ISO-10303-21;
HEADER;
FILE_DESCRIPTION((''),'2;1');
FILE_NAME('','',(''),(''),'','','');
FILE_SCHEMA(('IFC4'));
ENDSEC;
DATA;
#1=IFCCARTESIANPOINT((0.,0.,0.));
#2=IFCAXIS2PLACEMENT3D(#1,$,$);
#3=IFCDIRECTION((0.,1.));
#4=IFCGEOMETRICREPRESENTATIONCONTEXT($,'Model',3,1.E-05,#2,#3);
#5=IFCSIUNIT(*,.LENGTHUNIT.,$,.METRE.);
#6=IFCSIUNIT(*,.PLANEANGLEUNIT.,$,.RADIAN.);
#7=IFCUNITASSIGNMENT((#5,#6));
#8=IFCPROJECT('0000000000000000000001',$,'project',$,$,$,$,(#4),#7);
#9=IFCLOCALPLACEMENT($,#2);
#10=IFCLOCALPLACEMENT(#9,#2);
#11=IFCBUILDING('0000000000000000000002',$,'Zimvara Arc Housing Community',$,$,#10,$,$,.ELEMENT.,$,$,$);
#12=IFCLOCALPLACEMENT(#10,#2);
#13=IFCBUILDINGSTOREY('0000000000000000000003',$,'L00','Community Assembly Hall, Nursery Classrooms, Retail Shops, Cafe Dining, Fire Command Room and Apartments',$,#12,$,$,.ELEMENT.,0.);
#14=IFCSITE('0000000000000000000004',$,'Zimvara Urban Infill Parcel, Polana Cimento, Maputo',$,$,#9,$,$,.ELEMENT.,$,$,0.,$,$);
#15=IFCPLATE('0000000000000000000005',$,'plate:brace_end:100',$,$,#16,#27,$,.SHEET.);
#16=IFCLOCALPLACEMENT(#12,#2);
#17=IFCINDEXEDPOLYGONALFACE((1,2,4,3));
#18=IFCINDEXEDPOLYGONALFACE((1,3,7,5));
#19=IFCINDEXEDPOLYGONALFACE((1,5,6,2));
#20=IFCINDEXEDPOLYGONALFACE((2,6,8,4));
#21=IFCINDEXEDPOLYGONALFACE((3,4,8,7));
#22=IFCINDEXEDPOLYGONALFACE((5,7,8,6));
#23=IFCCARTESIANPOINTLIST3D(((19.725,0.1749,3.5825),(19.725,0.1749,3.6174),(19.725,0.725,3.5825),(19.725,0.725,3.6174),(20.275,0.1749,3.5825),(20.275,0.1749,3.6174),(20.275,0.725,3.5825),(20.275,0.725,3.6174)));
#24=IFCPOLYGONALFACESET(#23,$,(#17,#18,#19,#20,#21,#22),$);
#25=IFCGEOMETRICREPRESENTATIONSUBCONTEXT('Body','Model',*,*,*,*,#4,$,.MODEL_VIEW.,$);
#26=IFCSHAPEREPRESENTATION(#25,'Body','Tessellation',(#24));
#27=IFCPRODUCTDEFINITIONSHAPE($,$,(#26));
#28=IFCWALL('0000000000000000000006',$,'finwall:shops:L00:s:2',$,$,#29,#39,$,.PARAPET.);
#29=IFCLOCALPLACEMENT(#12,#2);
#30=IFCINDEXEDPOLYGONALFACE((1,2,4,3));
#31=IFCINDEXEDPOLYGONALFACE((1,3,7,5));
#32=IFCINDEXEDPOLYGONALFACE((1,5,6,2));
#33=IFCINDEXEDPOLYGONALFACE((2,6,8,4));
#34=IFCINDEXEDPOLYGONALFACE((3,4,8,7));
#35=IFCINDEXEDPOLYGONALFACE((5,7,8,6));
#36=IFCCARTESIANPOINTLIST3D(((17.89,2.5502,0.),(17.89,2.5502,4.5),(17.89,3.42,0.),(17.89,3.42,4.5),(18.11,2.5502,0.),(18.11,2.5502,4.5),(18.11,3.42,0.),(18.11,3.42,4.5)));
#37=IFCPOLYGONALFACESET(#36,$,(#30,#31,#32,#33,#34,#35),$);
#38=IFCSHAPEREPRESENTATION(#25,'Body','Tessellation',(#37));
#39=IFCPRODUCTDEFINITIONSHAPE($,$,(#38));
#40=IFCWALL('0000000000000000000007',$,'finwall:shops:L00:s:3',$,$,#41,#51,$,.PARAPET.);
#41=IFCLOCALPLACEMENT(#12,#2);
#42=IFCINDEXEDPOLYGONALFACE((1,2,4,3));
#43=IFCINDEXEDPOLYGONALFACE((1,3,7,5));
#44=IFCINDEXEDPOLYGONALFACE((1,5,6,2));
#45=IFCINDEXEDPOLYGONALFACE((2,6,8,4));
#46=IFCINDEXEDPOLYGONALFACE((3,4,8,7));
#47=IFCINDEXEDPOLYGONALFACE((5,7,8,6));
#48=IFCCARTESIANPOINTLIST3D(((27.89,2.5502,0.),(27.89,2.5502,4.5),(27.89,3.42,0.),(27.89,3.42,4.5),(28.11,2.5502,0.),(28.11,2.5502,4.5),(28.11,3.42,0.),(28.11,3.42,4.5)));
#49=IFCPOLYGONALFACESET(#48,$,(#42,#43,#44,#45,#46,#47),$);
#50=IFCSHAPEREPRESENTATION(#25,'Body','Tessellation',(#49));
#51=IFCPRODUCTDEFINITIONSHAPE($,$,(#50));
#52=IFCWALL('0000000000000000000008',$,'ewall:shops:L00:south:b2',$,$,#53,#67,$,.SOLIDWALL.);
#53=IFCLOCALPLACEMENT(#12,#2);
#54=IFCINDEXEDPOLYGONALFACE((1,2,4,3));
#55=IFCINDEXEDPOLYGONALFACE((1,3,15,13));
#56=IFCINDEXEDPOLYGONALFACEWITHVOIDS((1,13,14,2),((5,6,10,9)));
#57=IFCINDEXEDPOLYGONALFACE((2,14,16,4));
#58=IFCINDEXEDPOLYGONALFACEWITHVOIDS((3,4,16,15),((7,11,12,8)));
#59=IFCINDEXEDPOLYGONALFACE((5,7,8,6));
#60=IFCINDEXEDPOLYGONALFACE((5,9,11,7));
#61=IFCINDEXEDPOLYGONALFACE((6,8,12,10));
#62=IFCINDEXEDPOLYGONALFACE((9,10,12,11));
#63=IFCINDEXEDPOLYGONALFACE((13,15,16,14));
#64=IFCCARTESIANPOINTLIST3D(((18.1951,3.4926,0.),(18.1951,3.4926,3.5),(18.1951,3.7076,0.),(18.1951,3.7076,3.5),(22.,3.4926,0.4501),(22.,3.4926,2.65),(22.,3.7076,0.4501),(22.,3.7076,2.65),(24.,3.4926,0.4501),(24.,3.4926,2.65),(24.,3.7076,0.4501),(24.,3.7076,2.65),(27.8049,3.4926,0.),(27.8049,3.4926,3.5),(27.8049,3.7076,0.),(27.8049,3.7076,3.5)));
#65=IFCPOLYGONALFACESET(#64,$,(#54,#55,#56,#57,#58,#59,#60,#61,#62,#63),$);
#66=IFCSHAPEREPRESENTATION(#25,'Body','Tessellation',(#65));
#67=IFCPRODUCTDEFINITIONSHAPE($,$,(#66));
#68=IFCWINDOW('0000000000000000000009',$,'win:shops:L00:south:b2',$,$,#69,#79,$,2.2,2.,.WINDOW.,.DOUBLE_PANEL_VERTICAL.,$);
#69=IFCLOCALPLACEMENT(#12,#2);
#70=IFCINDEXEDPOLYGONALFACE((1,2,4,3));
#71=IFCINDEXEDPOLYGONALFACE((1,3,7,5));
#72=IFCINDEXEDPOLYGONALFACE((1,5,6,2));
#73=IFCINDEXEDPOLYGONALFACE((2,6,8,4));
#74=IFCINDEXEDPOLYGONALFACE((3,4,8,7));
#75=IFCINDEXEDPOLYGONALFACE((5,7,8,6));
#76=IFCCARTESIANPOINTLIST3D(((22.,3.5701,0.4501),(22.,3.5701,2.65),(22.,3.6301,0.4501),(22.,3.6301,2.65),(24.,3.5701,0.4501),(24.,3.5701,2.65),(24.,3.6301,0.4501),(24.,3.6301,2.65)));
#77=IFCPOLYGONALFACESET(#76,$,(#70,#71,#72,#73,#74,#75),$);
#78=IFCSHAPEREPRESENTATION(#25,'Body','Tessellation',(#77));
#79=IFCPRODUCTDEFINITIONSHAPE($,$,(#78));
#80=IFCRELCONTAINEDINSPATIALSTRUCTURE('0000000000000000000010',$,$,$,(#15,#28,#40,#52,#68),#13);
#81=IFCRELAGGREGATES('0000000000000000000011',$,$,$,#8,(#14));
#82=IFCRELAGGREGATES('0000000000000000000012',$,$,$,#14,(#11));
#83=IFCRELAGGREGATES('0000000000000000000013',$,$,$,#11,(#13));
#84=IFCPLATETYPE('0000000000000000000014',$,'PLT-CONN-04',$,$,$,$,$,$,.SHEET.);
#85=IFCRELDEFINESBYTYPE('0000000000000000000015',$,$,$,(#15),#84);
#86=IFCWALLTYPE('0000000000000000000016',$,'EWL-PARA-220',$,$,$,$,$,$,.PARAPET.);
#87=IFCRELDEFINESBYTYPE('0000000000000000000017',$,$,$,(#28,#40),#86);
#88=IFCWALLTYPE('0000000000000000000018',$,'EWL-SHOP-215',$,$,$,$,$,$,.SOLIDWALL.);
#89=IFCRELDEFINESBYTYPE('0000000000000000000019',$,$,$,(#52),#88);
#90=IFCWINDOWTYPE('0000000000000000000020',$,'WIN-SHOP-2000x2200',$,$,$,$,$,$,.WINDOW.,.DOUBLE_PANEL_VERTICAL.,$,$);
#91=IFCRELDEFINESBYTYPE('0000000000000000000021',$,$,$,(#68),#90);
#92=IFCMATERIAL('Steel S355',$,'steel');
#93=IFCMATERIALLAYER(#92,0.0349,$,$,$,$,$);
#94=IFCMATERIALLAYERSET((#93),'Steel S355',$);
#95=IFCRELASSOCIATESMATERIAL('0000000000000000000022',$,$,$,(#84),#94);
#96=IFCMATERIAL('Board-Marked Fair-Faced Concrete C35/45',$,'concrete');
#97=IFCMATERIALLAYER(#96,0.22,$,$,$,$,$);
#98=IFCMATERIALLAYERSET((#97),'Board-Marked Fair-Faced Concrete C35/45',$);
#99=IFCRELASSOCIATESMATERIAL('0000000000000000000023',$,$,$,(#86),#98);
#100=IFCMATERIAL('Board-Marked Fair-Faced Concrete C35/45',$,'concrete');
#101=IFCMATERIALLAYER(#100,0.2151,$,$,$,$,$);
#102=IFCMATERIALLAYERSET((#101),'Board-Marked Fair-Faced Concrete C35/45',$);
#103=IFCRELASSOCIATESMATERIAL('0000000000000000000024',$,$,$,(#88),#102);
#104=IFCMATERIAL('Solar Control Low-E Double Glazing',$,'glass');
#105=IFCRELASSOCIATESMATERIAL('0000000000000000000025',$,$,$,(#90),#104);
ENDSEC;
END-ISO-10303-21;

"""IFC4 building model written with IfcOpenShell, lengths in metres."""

from ifc_helpers import new_model, si_unit, direction, frame, frame_2d, origin, origin_2d, place, context, subcontext, project, spatial, rectangle, extrude, material, layer, layer_set, type_object, element, fill, save


model = new_model("IFC4")

# Units and contexts
model_context = context("Model", 3, precision=1e-05, world=origin(), true_north=direction((0.0, 1.0)))
body_context = subcontext(model_context, "Body", "Model", "MODEL_VIEW")
ifc_project = project(units=[si_unit("LENGTHUNIT", "METRE"), si_unit("PLANEANGLEUNIT", "RADIAN")], contexts=[model_context])

# Site, building, storey
site_placement = place(None, origin())
site = spatial("IfcSite", under=ifc_project, at=site_placement, Name="Zimvara Urban Infill Parcel, Polana Cimento, Maputo", CompositionType="ELEMENT", RefElevation=0.0)
building_placement = place(site_placement, origin())
building = spatial("IfcBuilding", under=site, at=building_placement, Name="Zimvara Arc Housing Community", CompositionType="ELEMENT")
storey_placement = place(building_placement, origin())
storey = spatial("IfcBuildingStorey", under=building, at=storey_placement, Name="L00", Description="Community Assembly Hall, Nursery Classrooms, Retail Shops, Cafe Dining, Fire Command Room and Apartments", CompositionType="ELEMENT", Elevation=0.0)

# Plate
ifc_material_1 = material(Name="Steel S355", Category="steel")
ifc_layer_1 = layer(ifc_material_1, 0.0349)
ifc_layer_set_1 = layer_set([ifc_layer_1], Name="Steel S355")
plate_type_1 = type_object("IfcPlateType", Name="PLT-CONN-04", PredefinedType="SHEET", material=ifc_layer_set_1)
plate_1_placement = place(storey_placement, frame((20.0, 0.45, 3.5825), z_axis=(0.0, 0.0, 1.0), x_axis=(1.0, 0.0, 0.0)))
element("IfcPlate", 1, at=plate_1_placement, inside=storey, type_object=plate_type_1, Name="plate:brace_end:100", PredefinedType="SHEET", context=body_context, shape_type="SweptSolid", body=[
    extrude(rectangle(XDim=0.55, YDim=0.55, at=origin_2d()), origin(), (0.0, 0.0, 1.0), 0.0349),
])

# Walls
ifc_material_2 = material(Name="Board-Marked Fair-Faced Concrete C35/45", Category="concrete")
ifc_layer_2 = layer(ifc_material_2, 0.22)
ifc_layer_set_2 = layer_set([ifc_layer_2], Name="Board-Marked Fair-Faced Concrete C35/45")
wall_type_1 = type_object("IfcWallType", Name="EWL-PARA-220", PredefinedType="PARAPET", material=ifc_layer_set_2)
for number, where, z_axis, x_axis, name in (
    (2, (18.0, 2.55, 0.0), (0.0, 0.0, 1.0), (0.0, 1.0, 0.0), "finwall:shops:L00:s:2"),
    (3, (28.0, 2.55, 0.0), (0.0, 0.0, 1.0), (0.0, 1.0, 0.0), "finwall:shops:L00:s:3"),
):
    element("IfcWall", number, at=place(storey_placement, frame(where, z_axis=z_axis, x_axis=x_axis)), inside=storey, type_object=wall_type_1, Name=name, PredefinedType="PARAPET", context=body_context, shape_type="SweptSolid", body=[
        extrude(rectangle(XDim=0.8699, YDim=0.22, at=frame_2d((0.4351, 0.0))), origin(), (0.0, 0.0, 1.0), 4.5),
    ])

# Wall, opening, window
ifc_material_3 = material(Name="Board-Marked Fair-Faced Concrete C35/45", Category="concrete")
ifc_layer_3 = layer(ifc_material_3, 0.2151)
ifc_layer_set_3 = layer_set([ifc_layer_3], Name="Board-Marked Fair-Faced Concrete C35/45")
wall_type_2 = type_object("IfcWallType", Name="EWL-SHOP-215", PredefinedType="SOLIDWALL", material=ifc_layer_set_3)
wall_placement = place(storey_placement, frame((18.1951, 3.6001, 0.0), z_axis=(0.0, 0.0, 1.0), x_axis=(1.0, 0.0, 0.0)))
wall = element("IfcWall", 4, at=wall_placement, inside=storey, type_object=wall_type_2, Name="ewall:shops:L00:south:b2", PredefinedType="SOLIDWALL", context=body_context, shape_type="SweptSolid", body=[
    extrude(rectangle(XDim=9.6099, YDim=0.2151, at=frame_2d((4.8049, 0.0))), origin(), (0.0, 0.0, 1.0), 3.5),
])
opening_placement = place(wall_placement, frame((3.8049, 0.0, 0.45)))
opening = element("IfcOpeningElement", 5, at=opening_placement, cuts=wall, PredefinedType="OPENING", context=body_context, shape_type="SweptSolid", body=[
    extrude(rectangle(XDim=2.0, YDim=2.2, at=frame_2d((1.0, 1.1001))), frame((0.0, 0.1174, 0.0), z_axis=(0.0, -1.0, 0.0), x_axis=(1.0, 0.0, 0.0)), (0.0, 0.0, 1.0), 0.2351),
])
ifc_material_4 = material(Name="Solar Control Low-E Double Glazing", Category="glass")
window_type = type_object("IfcWindowType", Name="WIN-SHOP-2000x2200", PartitioningType="DOUBLE_PANEL_VERTICAL", PredefinedType="WINDOW", material=ifc_material_4)
window_placement = place(opening_placement, origin())
window = element("IfcWindow", 6, at=window_placement, inside=storey, type_object=window_type, Name="win:shops:L00:south:b2", OverallHeight=2.2, OverallWidth=2.0, PartitioningType="DOUBLE_PANEL_VERTICAL", PredefinedType="WINDOW", context=body_context, shape_type="SweptSolid", body=[
    extrude(rectangle(XDim=2.0, YDim=2.2, at=frame_2d((1.0, 1.1001))), frame((0.0, 0.03, 0.0), z_axis=(0.0, -1.0, 0.0), x_axis=(1.0, 0.0, 0.0)), (0.0, 0.0, 1.0), 0.0601),
])
fill(opening, window)

save(model, "model.ifc")
